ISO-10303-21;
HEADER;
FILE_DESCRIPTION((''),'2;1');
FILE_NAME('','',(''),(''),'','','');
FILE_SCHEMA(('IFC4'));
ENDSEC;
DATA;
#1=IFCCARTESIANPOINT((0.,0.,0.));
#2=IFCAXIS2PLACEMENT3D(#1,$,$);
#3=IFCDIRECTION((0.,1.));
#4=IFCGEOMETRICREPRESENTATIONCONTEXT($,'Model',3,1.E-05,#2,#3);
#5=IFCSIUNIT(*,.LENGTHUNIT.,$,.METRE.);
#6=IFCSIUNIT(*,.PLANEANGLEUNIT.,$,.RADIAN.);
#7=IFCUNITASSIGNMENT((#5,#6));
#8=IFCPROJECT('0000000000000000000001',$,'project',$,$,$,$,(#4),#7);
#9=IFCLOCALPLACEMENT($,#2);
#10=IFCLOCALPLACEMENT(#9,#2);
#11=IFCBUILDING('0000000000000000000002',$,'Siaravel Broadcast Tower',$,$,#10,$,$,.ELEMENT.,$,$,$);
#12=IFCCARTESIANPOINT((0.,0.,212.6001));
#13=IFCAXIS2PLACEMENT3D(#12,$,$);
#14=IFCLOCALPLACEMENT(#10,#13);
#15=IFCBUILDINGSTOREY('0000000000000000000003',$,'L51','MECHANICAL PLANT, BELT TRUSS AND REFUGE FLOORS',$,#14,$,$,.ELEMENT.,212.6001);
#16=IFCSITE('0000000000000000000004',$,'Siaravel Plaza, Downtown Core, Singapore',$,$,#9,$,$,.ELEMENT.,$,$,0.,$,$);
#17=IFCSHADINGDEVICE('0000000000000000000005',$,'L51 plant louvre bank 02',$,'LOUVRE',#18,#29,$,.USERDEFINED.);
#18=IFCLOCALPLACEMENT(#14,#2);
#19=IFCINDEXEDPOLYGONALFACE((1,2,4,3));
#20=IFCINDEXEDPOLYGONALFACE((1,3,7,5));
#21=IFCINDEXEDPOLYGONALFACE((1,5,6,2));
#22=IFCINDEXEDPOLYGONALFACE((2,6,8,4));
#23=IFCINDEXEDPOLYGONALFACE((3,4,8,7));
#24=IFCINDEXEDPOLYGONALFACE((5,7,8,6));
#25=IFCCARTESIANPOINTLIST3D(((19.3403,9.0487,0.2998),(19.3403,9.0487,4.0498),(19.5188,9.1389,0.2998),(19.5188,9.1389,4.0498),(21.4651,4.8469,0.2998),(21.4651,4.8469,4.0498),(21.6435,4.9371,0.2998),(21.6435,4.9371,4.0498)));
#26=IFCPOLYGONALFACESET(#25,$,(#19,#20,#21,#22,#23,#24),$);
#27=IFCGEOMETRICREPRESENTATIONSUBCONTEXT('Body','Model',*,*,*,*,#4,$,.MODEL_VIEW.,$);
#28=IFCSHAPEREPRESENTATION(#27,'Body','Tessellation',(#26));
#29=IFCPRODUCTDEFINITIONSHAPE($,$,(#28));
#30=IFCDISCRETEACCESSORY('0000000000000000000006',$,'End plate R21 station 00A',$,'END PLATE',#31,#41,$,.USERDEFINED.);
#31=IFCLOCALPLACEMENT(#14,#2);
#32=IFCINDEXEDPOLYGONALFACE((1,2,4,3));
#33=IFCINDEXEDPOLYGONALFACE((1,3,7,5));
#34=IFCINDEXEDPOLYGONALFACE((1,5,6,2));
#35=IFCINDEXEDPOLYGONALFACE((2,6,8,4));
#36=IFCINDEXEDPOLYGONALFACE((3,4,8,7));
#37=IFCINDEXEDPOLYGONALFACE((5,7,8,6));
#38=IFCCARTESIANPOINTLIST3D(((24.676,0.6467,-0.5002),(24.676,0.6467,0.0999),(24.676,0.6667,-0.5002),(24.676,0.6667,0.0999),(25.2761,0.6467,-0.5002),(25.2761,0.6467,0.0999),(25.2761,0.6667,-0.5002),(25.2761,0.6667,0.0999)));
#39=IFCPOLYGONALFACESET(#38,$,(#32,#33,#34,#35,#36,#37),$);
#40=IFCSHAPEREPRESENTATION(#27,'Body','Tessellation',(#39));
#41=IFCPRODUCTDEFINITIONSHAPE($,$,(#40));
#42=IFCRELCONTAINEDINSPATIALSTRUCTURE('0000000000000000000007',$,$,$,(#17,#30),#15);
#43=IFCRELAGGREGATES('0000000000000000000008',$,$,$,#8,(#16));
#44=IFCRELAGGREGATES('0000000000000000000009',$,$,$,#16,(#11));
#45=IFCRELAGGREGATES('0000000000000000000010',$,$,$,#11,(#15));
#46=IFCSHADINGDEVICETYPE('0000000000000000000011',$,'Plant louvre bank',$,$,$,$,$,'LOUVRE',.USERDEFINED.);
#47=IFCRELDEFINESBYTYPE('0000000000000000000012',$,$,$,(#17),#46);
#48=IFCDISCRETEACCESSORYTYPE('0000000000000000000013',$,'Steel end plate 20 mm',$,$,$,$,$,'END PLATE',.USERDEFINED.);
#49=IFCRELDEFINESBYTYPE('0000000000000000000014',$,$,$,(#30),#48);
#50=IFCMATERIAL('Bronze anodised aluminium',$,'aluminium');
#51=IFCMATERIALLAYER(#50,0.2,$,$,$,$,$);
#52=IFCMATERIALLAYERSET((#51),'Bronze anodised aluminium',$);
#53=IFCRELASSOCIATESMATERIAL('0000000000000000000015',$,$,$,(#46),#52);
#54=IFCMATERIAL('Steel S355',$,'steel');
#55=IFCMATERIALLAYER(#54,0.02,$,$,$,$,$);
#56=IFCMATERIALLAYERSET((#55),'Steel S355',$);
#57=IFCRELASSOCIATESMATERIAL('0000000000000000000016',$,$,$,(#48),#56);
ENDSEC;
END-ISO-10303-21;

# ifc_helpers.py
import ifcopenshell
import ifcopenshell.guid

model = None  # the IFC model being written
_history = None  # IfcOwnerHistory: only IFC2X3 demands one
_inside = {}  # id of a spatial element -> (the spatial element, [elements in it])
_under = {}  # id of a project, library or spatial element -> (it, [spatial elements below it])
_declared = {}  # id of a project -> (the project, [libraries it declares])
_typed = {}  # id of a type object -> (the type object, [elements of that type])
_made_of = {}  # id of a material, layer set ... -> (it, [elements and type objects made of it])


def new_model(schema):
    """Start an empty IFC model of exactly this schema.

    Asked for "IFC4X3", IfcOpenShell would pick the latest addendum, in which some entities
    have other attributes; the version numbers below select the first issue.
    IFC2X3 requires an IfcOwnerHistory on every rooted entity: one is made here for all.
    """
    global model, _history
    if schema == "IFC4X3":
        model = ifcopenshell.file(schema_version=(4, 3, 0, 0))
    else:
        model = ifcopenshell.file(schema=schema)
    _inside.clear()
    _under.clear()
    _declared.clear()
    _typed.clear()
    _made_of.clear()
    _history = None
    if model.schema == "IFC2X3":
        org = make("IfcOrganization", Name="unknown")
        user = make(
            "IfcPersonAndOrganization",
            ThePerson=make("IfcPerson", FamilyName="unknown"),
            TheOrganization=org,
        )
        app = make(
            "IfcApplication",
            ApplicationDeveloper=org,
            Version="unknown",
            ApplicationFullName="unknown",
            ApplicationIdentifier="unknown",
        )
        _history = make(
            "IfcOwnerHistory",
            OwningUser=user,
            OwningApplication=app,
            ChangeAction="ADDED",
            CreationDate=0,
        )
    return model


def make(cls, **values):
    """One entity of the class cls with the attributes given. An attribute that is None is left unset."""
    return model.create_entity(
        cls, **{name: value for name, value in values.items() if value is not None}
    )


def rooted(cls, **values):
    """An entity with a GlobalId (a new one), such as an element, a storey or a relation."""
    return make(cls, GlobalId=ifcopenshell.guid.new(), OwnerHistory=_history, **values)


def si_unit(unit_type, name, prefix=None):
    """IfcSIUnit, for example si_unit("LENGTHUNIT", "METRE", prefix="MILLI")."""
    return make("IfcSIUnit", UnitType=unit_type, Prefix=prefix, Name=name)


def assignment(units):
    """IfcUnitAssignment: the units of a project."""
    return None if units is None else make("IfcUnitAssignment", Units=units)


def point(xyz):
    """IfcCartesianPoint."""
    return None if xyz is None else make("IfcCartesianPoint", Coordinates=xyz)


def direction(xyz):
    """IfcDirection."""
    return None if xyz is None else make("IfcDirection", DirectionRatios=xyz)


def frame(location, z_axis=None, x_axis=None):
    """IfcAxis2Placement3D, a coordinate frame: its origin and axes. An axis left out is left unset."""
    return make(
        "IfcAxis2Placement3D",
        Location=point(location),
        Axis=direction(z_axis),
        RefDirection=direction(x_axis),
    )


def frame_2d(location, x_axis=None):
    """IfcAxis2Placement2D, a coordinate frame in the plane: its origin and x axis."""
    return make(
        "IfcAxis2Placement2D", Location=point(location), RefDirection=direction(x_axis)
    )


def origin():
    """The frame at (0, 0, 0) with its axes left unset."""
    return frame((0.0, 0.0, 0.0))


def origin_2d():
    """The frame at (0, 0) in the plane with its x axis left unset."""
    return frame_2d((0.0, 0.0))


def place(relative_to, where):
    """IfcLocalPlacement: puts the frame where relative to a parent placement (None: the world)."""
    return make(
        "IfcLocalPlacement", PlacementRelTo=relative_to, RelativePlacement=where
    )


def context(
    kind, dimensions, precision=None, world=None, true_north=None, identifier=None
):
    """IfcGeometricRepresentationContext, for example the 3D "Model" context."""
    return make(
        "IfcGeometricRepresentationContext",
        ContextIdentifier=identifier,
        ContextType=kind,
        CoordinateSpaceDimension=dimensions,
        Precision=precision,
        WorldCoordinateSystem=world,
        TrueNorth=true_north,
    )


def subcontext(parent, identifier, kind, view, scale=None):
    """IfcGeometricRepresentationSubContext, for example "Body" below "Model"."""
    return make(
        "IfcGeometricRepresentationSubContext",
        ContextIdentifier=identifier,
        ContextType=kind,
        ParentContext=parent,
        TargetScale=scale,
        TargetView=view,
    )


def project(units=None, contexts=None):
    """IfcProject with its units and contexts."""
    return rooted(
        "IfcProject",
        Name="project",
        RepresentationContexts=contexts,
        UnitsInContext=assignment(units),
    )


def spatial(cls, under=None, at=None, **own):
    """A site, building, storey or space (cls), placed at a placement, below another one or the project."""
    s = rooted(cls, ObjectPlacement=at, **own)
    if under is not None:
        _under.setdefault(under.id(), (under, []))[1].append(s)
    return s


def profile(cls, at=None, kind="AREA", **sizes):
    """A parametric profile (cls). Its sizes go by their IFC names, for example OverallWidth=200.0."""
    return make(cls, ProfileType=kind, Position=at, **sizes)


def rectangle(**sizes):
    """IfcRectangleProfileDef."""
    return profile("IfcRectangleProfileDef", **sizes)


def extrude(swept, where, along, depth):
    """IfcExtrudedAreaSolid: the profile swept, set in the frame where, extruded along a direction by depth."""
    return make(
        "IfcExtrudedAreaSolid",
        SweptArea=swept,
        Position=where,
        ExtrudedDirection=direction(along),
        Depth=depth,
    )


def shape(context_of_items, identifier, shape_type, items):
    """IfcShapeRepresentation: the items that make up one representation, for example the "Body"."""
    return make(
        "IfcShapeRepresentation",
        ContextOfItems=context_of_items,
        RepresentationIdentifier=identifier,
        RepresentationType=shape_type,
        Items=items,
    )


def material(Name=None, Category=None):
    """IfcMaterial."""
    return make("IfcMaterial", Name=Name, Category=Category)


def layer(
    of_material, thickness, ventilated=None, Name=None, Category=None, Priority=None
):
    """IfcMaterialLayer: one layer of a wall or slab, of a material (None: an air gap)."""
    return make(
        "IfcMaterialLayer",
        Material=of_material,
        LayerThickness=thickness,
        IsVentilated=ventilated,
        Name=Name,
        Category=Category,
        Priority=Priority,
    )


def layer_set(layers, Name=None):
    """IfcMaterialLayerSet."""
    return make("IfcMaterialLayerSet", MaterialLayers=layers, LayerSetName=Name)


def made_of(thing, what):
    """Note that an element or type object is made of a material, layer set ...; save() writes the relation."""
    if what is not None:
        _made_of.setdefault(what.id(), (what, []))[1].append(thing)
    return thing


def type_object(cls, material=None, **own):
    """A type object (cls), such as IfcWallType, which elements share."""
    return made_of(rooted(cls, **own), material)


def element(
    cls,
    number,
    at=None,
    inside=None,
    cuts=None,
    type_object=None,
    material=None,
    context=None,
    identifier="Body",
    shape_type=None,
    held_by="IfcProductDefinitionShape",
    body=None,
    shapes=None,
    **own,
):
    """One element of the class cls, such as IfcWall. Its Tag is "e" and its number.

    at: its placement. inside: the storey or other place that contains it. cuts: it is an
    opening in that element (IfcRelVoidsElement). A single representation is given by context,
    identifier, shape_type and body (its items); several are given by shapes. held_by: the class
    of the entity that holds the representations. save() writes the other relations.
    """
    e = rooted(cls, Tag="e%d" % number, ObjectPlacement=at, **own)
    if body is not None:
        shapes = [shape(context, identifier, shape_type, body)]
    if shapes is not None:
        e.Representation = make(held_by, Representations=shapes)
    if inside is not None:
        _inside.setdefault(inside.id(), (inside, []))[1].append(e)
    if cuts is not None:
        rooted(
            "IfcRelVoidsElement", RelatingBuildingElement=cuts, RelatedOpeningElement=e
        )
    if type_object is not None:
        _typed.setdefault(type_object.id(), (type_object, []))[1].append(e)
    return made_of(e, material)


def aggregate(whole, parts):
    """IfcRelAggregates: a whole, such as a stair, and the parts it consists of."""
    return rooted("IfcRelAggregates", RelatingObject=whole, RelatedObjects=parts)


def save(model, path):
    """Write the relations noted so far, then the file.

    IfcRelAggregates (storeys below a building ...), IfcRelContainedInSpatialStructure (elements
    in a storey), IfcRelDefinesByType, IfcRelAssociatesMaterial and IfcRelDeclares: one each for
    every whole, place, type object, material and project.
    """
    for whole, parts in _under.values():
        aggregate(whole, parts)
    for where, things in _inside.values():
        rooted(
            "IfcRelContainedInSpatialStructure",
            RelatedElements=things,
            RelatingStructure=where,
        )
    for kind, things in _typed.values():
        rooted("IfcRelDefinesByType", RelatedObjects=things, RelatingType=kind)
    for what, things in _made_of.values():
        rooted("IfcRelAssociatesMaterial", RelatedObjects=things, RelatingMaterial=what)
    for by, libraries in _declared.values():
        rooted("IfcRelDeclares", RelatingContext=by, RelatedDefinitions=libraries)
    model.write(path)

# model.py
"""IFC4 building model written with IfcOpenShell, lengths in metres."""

from ifc_helpers import new_model, si_unit, direction, frame, origin, origin_2d, place, context, subcontext, project, spatial, rectangle, extrude, material, layer, layer_set, type_object, element, save


model = new_model("IFC4")

# Units and contexts
model_context = context("Model", 3, precision=1e-05, world=origin(), true_north=direction((0.0, 1.0)))
body_context = subcontext(model_context, "Body", "Model", "MODEL_VIEW")
ifc_project = project(units=[si_unit("LENGTHUNIT", "METRE"), si_unit("PLANEANGLEUNIT", "RADIAN")], contexts=[model_context])

# Site, building, storey
site_placement = place(None, origin())
site = spatial("IfcSite", under=ifc_project, at=site_placement, Name="Siaravel Plaza, Downtown Core, Singapore", CompositionType="ELEMENT", RefElevation=0.0)
building_placement = place(site_placement, origin())
building = spatial("IfcBuilding", under=site, at=building_placement, Name="Siaravel Broadcast Tower", CompositionType="ELEMENT")
storey_placement = place(building_placement, frame((0.0, 0.0, 212.6001)))
storey = spatial("IfcBuildingStorey", under=building, at=storey_placement, Name="L51", Description="MECHANICAL PLANT, BELT TRUSS AND REFUGE FLOORS", CompositionType="ELEMENT", Elevation=212.6001)

# Shared definitions
ifc_material_1 = material(Name="Steel S355", Category="steel")

# Shading device
ifc_material_2 = material(Name="Bronze anodised aluminium", Category="aluminium")
ifc_layer_1 = layer(ifc_material_2, 0.2)
ifc_layer_set_1 = layer_set([ifc_layer_1], Name="Bronze anodised aluminium")
shading_device_type = type_object("IfcShadingDeviceType", Name="Plant louvre bank", ElementType="LOUVRE", PredefinedType="USERDEFINED", material=ifc_layer_set_1)
shading_device_1_placement = place(storey_placement, frame((20.4919, 6.9929, 0.2998), z_axis=(0.0, 0.0, 1.0), x_axis=(-0.451261, 0.892392, 0.0)))
element("IfcShadingDevice", 1, at=shading_device_1_placement, inside=storey, type_object=shading_device_type, Name="L51 plant louvre bank 02", ObjectType="LOUVRE", PredefinedType="USERDEFINED", context=body_context, shape_type="SweptSolid", body=[
    extrude(rectangle(XDim=4.7085, YDim=0.2, at=origin_2d()), origin(), (0.0, 0.0, 1.0), 3.75),
])

# Discrete accessory
ifc_layer_2 = layer(ifc_material_1, 0.02)
ifc_layer_set_2 = layer_set([ifc_layer_2], Name="Steel S355")
discrete_accessory_type = type_object("IfcDiscreteAccessoryType", Name="Steel end plate 20 mm", ElementType="END PLATE", PredefinedType="USERDEFINED", material=ifc_layer_set_2)
discrete_accessory_placement = place(storey_placement, frame((24.9761, 0.6567, -0.5002), z_axis=(0.0, 0.0, 1.0), x_axis=(0.0, 1.0, 0.0)))
element("IfcDiscreteAccessory", 2, at=discrete_accessory_placement, inside=storey, type_object=discrete_accessory_type, Name="End plate R21 station 00A", ObjectType="END PLATE", PredefinedType="USERDEFINED", context=body_context, shape_type="SweptSolid", body=[
    extrude(rectangle(XDim=0.02, YDim=0.6001, at=origin_2d()), origin(), (0.0, 0.0, 1.0), 0.6001),
])

save(model, "model.ifc")
